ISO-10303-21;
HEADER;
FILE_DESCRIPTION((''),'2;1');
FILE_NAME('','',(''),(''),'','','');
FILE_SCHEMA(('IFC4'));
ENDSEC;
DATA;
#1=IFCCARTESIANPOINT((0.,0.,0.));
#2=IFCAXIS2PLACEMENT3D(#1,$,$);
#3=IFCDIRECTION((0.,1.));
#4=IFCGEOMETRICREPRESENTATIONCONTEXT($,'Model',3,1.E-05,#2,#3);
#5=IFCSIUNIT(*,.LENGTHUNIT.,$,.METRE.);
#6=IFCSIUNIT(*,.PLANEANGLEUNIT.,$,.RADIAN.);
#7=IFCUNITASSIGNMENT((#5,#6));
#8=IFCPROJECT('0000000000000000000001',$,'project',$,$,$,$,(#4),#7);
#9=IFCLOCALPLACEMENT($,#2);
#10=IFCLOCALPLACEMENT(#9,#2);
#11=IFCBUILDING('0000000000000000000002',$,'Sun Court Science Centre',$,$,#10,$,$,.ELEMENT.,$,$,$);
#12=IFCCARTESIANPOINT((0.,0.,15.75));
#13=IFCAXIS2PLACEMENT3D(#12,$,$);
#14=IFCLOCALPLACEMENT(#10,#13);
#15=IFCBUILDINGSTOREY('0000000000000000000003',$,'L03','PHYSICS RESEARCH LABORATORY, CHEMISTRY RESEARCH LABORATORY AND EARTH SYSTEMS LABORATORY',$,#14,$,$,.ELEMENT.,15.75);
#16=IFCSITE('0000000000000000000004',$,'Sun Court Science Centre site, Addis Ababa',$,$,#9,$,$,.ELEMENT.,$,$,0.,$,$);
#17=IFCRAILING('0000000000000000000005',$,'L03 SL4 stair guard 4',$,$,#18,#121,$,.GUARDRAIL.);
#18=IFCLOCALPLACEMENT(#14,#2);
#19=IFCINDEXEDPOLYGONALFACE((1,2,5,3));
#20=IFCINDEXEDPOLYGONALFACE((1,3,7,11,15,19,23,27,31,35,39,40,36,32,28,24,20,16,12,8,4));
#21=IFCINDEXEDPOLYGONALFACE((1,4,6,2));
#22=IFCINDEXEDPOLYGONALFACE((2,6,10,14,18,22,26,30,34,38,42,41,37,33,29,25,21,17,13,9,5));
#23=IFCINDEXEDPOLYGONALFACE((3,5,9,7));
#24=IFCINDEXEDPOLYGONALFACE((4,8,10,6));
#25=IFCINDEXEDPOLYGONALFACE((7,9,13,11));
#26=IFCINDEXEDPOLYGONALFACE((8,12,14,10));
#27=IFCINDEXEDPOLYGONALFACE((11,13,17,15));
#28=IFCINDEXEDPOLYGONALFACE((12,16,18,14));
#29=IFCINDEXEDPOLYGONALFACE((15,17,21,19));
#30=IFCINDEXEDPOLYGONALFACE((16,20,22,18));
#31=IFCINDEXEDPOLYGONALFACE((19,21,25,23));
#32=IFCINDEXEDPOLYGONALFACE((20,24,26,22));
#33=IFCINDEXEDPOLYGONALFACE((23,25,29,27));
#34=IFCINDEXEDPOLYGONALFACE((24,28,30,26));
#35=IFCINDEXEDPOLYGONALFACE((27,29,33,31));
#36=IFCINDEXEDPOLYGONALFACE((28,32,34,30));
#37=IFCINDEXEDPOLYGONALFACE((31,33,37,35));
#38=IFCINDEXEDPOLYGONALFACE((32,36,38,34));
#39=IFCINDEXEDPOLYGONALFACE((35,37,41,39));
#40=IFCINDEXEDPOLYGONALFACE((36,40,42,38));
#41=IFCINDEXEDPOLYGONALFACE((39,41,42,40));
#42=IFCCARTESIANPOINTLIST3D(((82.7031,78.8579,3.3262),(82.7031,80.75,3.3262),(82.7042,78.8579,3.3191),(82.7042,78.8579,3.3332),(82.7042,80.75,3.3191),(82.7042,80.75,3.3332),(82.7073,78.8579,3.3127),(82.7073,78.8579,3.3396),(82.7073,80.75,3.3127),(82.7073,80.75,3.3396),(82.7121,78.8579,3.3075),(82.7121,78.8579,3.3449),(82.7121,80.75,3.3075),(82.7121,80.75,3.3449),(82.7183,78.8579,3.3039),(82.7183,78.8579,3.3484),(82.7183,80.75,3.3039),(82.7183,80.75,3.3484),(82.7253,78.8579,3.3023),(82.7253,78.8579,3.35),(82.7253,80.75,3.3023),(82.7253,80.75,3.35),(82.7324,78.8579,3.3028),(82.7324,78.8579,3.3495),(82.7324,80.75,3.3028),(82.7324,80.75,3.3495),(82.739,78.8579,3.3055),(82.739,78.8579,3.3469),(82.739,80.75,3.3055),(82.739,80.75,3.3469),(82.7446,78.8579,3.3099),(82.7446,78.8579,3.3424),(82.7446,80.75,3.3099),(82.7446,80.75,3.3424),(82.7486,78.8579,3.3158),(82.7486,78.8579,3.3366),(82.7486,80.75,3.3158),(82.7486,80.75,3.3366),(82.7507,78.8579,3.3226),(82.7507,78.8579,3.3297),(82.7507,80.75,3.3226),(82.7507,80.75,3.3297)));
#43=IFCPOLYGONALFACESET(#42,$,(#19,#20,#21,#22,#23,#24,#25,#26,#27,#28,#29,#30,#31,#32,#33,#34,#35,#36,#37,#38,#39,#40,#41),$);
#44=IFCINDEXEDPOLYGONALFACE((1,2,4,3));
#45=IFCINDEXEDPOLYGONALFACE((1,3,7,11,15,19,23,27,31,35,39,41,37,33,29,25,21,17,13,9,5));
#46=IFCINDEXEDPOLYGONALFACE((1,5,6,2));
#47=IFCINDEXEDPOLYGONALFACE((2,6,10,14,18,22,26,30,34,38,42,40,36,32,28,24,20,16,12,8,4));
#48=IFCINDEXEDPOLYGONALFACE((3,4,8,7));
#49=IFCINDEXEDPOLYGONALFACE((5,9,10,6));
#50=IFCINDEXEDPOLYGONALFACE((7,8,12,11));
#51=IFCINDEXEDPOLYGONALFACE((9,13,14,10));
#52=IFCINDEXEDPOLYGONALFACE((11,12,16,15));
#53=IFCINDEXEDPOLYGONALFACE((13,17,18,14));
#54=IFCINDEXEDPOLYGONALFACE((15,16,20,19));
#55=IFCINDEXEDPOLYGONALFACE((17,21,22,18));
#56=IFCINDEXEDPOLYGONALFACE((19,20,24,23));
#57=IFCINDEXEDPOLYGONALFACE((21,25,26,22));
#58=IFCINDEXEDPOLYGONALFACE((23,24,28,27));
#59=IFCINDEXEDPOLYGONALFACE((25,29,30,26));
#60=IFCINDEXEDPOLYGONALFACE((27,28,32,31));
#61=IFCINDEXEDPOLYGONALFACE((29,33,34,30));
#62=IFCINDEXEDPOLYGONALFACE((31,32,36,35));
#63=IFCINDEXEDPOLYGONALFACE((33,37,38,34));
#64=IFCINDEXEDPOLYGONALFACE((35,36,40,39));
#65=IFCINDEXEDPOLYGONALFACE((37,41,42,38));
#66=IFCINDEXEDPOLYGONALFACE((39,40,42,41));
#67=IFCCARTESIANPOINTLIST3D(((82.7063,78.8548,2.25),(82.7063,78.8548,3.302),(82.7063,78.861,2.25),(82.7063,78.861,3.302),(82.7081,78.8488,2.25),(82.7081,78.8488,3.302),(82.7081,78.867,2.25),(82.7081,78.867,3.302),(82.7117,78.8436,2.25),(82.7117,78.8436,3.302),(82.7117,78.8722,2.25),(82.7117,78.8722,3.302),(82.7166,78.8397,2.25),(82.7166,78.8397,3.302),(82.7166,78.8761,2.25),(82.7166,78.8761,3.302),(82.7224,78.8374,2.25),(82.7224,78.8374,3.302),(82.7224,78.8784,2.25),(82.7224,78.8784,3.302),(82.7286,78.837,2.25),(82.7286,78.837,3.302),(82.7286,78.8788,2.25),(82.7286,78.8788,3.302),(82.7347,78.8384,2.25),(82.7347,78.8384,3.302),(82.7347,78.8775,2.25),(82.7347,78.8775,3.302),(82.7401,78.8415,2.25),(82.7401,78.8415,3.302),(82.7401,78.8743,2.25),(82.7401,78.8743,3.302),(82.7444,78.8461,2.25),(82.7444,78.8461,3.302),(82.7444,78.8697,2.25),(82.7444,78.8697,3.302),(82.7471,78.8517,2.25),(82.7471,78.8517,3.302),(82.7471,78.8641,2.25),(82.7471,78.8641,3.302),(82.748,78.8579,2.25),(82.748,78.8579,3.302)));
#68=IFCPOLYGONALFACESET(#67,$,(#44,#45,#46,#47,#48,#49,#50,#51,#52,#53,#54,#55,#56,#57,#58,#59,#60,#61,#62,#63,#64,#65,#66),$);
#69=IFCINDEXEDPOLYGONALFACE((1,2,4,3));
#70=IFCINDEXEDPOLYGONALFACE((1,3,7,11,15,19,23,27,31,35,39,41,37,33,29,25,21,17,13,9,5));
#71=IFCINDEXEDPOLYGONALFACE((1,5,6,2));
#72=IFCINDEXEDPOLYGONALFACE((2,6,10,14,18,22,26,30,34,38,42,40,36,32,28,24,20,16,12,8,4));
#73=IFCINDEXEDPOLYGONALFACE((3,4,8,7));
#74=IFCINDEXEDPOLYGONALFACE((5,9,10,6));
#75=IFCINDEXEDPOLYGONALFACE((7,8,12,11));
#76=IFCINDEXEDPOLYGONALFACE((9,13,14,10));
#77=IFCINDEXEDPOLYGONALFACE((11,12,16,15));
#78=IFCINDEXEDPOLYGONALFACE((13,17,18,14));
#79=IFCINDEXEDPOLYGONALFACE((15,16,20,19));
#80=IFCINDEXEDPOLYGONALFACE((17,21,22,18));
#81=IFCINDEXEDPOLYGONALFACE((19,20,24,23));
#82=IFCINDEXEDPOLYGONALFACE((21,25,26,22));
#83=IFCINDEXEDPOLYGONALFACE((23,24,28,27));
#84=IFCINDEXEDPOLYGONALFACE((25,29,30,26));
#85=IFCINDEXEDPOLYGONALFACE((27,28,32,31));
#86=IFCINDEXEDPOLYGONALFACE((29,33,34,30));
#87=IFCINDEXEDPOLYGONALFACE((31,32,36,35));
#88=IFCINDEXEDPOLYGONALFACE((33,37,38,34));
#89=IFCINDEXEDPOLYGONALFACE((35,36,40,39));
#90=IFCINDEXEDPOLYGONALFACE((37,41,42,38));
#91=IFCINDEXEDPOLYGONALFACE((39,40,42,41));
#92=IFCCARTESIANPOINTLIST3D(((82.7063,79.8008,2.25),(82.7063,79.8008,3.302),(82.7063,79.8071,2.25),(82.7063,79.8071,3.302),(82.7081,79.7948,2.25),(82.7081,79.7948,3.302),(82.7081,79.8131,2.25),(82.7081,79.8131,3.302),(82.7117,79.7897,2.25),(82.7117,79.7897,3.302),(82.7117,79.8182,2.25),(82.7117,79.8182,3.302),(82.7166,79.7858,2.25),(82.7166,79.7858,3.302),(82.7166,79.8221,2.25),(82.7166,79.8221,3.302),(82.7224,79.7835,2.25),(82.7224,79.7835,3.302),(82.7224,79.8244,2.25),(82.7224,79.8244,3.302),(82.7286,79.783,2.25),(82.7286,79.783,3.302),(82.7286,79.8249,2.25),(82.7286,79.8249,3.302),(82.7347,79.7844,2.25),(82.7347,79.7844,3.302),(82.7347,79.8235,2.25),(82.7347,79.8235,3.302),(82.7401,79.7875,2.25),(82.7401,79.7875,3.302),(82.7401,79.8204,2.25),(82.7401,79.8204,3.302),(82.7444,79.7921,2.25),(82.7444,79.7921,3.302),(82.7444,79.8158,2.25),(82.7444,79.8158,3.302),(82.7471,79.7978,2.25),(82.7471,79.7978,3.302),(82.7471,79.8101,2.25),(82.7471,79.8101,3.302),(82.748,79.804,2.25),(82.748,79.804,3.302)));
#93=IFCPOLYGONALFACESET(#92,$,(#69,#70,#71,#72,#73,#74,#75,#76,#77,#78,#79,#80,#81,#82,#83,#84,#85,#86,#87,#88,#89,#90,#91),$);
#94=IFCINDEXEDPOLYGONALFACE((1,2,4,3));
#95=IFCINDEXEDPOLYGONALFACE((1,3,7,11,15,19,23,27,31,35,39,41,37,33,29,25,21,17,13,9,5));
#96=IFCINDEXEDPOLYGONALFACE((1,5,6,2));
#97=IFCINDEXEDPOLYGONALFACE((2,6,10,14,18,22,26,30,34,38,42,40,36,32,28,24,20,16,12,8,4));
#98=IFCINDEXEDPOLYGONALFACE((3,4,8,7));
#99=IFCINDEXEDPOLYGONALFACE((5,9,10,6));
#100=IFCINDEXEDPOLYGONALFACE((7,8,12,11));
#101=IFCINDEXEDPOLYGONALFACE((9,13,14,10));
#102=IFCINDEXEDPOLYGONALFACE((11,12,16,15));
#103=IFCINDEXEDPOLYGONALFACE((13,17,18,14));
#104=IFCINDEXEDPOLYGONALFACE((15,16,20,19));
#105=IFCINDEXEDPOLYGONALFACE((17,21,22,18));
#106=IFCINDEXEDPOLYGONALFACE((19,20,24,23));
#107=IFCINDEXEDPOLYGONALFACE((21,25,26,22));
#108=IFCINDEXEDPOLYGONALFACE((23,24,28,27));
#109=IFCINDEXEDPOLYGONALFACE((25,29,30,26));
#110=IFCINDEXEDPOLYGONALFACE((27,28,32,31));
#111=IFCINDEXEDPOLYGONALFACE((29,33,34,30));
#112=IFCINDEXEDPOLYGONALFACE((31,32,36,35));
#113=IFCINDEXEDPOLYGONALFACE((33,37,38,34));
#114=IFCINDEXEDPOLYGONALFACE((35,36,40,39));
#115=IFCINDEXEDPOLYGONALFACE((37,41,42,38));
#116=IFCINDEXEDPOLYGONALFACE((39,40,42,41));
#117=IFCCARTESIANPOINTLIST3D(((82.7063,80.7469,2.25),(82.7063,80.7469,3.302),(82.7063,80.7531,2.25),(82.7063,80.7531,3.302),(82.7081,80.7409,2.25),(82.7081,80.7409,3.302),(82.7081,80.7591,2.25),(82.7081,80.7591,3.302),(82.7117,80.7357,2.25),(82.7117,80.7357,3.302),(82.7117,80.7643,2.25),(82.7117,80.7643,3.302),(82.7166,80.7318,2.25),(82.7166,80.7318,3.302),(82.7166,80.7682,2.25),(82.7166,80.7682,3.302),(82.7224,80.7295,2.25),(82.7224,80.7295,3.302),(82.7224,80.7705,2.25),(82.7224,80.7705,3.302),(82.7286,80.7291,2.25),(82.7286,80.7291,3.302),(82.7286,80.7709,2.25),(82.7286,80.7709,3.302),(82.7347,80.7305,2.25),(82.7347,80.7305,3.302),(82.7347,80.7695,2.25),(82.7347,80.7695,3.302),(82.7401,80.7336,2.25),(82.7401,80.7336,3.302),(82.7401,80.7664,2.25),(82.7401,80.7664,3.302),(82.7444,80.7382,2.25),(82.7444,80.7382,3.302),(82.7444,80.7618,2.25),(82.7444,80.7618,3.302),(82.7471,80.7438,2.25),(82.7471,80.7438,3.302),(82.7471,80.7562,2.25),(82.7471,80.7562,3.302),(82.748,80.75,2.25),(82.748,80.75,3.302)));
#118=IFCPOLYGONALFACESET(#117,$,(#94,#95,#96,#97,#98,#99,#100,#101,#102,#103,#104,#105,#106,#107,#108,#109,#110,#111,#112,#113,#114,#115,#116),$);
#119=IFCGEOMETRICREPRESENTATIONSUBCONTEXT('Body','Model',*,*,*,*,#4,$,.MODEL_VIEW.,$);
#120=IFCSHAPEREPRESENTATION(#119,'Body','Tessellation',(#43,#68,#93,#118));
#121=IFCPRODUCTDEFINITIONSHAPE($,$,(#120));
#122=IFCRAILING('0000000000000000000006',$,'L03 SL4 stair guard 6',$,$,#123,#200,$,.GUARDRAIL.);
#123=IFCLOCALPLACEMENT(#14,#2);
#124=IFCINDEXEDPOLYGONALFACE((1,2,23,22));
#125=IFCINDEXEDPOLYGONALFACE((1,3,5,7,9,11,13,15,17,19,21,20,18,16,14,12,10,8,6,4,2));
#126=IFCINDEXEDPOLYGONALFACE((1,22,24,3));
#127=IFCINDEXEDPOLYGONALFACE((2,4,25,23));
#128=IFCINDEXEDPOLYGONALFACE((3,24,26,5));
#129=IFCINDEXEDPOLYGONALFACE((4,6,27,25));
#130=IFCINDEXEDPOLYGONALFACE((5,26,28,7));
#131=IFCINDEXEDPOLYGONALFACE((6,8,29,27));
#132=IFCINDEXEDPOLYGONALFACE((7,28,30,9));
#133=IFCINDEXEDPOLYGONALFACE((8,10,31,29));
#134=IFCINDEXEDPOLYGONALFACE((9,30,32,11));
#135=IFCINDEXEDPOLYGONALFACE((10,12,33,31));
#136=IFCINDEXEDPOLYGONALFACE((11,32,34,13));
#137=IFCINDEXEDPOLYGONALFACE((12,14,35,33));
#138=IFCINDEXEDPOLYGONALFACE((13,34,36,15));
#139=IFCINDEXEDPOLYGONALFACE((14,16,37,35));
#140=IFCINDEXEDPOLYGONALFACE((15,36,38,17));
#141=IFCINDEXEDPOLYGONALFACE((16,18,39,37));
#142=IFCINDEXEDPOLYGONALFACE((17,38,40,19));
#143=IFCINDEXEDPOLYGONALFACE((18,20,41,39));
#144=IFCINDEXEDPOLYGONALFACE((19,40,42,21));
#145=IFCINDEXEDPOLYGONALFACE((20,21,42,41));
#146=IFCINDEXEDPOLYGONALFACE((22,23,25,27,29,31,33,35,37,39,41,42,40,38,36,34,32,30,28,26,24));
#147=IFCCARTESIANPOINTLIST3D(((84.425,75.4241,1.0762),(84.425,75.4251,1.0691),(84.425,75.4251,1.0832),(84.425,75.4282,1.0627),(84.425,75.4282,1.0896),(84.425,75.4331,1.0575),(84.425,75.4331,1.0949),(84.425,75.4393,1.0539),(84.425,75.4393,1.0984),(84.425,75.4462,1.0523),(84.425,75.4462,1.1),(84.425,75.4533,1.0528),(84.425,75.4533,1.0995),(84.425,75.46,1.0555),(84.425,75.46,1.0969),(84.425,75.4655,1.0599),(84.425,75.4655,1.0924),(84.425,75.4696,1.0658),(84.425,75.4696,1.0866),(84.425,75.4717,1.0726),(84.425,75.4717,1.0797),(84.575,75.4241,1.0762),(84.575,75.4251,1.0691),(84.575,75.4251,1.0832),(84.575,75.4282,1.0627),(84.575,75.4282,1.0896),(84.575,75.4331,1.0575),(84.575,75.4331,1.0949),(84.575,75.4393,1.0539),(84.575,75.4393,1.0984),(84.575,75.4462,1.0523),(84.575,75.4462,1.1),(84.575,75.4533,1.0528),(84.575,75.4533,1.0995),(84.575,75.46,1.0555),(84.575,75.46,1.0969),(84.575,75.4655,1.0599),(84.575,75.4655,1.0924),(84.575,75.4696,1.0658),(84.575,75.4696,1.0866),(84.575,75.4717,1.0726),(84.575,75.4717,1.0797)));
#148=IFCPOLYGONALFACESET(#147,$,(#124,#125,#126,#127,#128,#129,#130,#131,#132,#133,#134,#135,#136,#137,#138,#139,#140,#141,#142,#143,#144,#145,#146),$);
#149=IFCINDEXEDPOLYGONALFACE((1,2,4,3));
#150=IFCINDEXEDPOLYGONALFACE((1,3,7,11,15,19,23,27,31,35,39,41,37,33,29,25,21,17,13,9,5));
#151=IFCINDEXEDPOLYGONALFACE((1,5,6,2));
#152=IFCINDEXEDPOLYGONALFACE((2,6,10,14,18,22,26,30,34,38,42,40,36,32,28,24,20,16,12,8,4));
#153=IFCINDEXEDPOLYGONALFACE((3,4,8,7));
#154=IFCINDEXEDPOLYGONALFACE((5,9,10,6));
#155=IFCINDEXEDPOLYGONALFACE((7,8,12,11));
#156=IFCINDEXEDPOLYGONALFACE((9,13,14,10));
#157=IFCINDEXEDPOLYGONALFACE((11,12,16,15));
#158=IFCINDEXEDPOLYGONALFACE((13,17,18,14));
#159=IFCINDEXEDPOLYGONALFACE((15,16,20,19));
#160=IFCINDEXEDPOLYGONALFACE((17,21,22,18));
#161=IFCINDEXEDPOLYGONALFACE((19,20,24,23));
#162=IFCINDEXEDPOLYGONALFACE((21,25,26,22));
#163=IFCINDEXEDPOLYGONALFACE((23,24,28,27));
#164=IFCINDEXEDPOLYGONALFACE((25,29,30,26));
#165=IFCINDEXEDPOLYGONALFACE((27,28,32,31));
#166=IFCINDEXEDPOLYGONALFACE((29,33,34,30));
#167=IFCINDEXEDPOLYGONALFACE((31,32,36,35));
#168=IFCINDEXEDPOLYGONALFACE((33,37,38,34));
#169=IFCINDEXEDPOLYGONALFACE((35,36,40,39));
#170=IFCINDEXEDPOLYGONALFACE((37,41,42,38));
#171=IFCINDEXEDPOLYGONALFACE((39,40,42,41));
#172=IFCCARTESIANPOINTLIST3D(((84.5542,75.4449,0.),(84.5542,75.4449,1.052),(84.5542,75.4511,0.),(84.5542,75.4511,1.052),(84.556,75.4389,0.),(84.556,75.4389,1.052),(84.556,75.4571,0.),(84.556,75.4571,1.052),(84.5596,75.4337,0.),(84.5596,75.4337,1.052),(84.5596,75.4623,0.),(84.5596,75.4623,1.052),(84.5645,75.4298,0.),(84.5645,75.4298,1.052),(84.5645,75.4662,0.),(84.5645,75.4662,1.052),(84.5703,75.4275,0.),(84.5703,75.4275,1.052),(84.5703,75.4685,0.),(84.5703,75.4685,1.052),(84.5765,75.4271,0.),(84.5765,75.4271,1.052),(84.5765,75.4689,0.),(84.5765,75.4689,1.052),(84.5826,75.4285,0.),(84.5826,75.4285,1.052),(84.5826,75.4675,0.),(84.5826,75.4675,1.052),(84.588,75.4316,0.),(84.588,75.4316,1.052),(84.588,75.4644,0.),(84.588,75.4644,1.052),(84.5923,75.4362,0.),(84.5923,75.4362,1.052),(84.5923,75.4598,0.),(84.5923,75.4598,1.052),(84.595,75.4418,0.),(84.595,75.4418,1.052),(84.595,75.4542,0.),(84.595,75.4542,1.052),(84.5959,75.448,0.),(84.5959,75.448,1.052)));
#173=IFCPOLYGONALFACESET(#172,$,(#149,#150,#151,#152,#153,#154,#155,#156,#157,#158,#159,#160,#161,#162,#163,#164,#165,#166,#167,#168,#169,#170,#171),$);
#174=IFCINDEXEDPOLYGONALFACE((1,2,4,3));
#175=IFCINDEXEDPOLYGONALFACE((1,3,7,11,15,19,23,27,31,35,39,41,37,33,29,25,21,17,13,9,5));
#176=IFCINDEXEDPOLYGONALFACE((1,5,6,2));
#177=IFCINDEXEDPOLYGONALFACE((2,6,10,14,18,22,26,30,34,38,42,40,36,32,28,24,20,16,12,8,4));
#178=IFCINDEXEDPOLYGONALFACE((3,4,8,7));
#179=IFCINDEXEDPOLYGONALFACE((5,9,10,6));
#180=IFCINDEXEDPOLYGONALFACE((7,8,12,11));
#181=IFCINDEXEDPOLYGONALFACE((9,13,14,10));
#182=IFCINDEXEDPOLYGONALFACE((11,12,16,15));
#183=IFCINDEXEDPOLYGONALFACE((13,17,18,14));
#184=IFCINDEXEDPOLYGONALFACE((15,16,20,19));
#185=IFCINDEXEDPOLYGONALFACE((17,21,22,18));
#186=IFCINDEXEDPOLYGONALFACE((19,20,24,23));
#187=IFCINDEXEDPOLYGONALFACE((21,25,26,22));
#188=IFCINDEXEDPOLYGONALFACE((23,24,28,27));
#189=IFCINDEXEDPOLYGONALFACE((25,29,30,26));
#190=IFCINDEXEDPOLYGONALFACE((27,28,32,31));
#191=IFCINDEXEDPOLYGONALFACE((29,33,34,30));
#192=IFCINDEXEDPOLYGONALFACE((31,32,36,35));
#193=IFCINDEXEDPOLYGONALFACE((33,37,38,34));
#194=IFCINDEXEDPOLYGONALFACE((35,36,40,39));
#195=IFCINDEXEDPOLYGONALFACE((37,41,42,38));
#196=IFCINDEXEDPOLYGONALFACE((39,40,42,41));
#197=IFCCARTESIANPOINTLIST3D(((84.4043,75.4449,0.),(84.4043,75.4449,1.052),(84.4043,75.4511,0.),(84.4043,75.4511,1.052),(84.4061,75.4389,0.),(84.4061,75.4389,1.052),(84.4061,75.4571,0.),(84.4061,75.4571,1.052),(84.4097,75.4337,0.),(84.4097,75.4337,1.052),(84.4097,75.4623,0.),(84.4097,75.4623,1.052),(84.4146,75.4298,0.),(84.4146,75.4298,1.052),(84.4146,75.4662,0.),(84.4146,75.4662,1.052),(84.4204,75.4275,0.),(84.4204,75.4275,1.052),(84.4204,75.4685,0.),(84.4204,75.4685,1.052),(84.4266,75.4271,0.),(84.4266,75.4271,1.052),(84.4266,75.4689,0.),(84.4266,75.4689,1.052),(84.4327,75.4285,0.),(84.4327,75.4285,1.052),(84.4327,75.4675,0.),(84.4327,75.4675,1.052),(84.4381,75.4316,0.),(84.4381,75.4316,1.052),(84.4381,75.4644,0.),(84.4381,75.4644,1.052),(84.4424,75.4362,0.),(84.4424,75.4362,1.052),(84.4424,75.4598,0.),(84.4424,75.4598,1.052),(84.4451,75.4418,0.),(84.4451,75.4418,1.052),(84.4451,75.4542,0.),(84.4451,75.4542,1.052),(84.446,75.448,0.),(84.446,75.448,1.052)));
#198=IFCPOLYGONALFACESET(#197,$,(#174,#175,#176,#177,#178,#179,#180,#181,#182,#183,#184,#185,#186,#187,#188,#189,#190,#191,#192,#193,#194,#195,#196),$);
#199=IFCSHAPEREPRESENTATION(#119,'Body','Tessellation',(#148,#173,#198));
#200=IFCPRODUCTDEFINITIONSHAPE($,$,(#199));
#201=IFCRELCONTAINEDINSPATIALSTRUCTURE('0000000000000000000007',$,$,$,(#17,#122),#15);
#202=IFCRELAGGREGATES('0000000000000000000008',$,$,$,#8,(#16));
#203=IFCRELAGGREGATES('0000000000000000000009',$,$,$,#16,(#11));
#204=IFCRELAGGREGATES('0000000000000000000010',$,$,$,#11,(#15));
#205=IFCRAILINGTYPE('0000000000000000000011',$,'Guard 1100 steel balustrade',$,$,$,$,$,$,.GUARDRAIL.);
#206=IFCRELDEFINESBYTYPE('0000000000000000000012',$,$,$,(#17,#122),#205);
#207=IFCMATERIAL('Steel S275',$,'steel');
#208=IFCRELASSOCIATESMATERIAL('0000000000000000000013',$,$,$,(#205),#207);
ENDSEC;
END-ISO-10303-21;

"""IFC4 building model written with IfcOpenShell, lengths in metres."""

from ifc_helpers import new_model, si_unit, direction, frame, origin, origin_2d, place, context, subcontext, project, spatial, circle, extrude, material, type_object, element, save


model = new_model("IFC4")

# Units and contexts
model_context = context("Model", 3, precision=1e-05, world=origin(), true_north=direction((0.0, 1.0)))
body_context = subcontext(model_context, "Body", "Model", "MODEL_VIEW")
ifc_project = project(units=[si_unit("LENGTHUNIT", "METRE"), si_unit("PLANEANGLEUNIT", "RADIAN")], contexts=[model_context])

# Site, building, storey
site_placement = place(None, origin())
site = spatial("IfcSite", under=ifc_project, at=site_placement, Name="Sun Court Science Centre site, Addis Ababa", CompositionType="ELEMENT", RefElevation=0.0)
building_placement = place(site_placement, origin())
building = spatial("IfcBuilding", under=site, at=building_placement, Name="Sun Court Science Centre", CompositionType="ELEMENT")
storey_placement = place(building_placement, frame((0.0, 0.0, 15.75)))
storey = spatial("IfcBuildingStorey", under=building, at=storey_placement, Name="L03", Description="PHYSICS RESEARCH LABORATORY, CHEMISTRY RESEARCH LABORATORY AND EARTH SYSTEMS LABORATORY", CompositionType="ELEMENT", Elevation=15.75)

# Railings
ifc_material_1 = material(Name="Steel S275", Category="steel")
railing_type = type_object("IfcRailingType", Name="Guard 1100 steel balustrade", PredefinedType="GUARDRAIL", material=ifc_material_1)
railing_1_placement = place(storey_placement, frame((82.7271, 78.8579, 2.25)))
element("IfcRailing", 1, at=railing_1_placement, inside=storey, type_object=railing_type, Name="L03 SL4 stair guard 4", PredefinedType="GUARDRAIL", context=body_context, shape_type="SweptSolid", body=[
    extrude(circle(Radius=0.0239, at=origin_2d()), frame((0.0, 0.0, 1.0762), z_axis=(0.0, 1.0, 0.0), x_axis=(-1.0, 0.0, 0.0)), (0.0, 0.0, 1.0), 1.8921),
    extrude(circle(Radius=0.021, at=origin_2d()), origin(), (0.0, 0.0, 1.0), 1.052),
    extrude(circle(Radius=0.021, at=origin_2d()), frame((0.0, 0.946, 0.0)), (0.0, 0.0, 1.0), 1.052),
    extrude(circle(Radius=0.021, at=origin_2d()), frame((0.0, 1.8921, 0.0)), (0.0, 0.0, 1.0), 1.052),
])
railing_2_placement = place(storey_placement, frame((84.575, 75.448, 0.0)))
element("IfcRailing", 2, at=railing_2_placement, inside=storey, type_object=railing_type, Name="L03 SL4 stair guard 6", PredefinedType="GUARDRAIL", context=body_context, shape_type="SweptSolid", body=[
    extrude(circle(Radius=0.0239, at=origin_2d()), frame((0.0, 0.0, 1.0762), z_axis=(-1.0, 0.0, 0.0), x_axis=(0.0, -1.0, 0.0)), (0.0, 0.0, 1.0), 0.1499),
    extrude(circle(Radius=0.021, at=origin_2d()), origin(), (0.0, 0.0, 1.0), 1.052),
    extrude(circle(Radius=0.021, at=origin_2d()), frame((-0.1499, 0.0, 0.0)), (0.0, 0.0, 1.0), 1.052),
])

save(model, "model.ifc")
